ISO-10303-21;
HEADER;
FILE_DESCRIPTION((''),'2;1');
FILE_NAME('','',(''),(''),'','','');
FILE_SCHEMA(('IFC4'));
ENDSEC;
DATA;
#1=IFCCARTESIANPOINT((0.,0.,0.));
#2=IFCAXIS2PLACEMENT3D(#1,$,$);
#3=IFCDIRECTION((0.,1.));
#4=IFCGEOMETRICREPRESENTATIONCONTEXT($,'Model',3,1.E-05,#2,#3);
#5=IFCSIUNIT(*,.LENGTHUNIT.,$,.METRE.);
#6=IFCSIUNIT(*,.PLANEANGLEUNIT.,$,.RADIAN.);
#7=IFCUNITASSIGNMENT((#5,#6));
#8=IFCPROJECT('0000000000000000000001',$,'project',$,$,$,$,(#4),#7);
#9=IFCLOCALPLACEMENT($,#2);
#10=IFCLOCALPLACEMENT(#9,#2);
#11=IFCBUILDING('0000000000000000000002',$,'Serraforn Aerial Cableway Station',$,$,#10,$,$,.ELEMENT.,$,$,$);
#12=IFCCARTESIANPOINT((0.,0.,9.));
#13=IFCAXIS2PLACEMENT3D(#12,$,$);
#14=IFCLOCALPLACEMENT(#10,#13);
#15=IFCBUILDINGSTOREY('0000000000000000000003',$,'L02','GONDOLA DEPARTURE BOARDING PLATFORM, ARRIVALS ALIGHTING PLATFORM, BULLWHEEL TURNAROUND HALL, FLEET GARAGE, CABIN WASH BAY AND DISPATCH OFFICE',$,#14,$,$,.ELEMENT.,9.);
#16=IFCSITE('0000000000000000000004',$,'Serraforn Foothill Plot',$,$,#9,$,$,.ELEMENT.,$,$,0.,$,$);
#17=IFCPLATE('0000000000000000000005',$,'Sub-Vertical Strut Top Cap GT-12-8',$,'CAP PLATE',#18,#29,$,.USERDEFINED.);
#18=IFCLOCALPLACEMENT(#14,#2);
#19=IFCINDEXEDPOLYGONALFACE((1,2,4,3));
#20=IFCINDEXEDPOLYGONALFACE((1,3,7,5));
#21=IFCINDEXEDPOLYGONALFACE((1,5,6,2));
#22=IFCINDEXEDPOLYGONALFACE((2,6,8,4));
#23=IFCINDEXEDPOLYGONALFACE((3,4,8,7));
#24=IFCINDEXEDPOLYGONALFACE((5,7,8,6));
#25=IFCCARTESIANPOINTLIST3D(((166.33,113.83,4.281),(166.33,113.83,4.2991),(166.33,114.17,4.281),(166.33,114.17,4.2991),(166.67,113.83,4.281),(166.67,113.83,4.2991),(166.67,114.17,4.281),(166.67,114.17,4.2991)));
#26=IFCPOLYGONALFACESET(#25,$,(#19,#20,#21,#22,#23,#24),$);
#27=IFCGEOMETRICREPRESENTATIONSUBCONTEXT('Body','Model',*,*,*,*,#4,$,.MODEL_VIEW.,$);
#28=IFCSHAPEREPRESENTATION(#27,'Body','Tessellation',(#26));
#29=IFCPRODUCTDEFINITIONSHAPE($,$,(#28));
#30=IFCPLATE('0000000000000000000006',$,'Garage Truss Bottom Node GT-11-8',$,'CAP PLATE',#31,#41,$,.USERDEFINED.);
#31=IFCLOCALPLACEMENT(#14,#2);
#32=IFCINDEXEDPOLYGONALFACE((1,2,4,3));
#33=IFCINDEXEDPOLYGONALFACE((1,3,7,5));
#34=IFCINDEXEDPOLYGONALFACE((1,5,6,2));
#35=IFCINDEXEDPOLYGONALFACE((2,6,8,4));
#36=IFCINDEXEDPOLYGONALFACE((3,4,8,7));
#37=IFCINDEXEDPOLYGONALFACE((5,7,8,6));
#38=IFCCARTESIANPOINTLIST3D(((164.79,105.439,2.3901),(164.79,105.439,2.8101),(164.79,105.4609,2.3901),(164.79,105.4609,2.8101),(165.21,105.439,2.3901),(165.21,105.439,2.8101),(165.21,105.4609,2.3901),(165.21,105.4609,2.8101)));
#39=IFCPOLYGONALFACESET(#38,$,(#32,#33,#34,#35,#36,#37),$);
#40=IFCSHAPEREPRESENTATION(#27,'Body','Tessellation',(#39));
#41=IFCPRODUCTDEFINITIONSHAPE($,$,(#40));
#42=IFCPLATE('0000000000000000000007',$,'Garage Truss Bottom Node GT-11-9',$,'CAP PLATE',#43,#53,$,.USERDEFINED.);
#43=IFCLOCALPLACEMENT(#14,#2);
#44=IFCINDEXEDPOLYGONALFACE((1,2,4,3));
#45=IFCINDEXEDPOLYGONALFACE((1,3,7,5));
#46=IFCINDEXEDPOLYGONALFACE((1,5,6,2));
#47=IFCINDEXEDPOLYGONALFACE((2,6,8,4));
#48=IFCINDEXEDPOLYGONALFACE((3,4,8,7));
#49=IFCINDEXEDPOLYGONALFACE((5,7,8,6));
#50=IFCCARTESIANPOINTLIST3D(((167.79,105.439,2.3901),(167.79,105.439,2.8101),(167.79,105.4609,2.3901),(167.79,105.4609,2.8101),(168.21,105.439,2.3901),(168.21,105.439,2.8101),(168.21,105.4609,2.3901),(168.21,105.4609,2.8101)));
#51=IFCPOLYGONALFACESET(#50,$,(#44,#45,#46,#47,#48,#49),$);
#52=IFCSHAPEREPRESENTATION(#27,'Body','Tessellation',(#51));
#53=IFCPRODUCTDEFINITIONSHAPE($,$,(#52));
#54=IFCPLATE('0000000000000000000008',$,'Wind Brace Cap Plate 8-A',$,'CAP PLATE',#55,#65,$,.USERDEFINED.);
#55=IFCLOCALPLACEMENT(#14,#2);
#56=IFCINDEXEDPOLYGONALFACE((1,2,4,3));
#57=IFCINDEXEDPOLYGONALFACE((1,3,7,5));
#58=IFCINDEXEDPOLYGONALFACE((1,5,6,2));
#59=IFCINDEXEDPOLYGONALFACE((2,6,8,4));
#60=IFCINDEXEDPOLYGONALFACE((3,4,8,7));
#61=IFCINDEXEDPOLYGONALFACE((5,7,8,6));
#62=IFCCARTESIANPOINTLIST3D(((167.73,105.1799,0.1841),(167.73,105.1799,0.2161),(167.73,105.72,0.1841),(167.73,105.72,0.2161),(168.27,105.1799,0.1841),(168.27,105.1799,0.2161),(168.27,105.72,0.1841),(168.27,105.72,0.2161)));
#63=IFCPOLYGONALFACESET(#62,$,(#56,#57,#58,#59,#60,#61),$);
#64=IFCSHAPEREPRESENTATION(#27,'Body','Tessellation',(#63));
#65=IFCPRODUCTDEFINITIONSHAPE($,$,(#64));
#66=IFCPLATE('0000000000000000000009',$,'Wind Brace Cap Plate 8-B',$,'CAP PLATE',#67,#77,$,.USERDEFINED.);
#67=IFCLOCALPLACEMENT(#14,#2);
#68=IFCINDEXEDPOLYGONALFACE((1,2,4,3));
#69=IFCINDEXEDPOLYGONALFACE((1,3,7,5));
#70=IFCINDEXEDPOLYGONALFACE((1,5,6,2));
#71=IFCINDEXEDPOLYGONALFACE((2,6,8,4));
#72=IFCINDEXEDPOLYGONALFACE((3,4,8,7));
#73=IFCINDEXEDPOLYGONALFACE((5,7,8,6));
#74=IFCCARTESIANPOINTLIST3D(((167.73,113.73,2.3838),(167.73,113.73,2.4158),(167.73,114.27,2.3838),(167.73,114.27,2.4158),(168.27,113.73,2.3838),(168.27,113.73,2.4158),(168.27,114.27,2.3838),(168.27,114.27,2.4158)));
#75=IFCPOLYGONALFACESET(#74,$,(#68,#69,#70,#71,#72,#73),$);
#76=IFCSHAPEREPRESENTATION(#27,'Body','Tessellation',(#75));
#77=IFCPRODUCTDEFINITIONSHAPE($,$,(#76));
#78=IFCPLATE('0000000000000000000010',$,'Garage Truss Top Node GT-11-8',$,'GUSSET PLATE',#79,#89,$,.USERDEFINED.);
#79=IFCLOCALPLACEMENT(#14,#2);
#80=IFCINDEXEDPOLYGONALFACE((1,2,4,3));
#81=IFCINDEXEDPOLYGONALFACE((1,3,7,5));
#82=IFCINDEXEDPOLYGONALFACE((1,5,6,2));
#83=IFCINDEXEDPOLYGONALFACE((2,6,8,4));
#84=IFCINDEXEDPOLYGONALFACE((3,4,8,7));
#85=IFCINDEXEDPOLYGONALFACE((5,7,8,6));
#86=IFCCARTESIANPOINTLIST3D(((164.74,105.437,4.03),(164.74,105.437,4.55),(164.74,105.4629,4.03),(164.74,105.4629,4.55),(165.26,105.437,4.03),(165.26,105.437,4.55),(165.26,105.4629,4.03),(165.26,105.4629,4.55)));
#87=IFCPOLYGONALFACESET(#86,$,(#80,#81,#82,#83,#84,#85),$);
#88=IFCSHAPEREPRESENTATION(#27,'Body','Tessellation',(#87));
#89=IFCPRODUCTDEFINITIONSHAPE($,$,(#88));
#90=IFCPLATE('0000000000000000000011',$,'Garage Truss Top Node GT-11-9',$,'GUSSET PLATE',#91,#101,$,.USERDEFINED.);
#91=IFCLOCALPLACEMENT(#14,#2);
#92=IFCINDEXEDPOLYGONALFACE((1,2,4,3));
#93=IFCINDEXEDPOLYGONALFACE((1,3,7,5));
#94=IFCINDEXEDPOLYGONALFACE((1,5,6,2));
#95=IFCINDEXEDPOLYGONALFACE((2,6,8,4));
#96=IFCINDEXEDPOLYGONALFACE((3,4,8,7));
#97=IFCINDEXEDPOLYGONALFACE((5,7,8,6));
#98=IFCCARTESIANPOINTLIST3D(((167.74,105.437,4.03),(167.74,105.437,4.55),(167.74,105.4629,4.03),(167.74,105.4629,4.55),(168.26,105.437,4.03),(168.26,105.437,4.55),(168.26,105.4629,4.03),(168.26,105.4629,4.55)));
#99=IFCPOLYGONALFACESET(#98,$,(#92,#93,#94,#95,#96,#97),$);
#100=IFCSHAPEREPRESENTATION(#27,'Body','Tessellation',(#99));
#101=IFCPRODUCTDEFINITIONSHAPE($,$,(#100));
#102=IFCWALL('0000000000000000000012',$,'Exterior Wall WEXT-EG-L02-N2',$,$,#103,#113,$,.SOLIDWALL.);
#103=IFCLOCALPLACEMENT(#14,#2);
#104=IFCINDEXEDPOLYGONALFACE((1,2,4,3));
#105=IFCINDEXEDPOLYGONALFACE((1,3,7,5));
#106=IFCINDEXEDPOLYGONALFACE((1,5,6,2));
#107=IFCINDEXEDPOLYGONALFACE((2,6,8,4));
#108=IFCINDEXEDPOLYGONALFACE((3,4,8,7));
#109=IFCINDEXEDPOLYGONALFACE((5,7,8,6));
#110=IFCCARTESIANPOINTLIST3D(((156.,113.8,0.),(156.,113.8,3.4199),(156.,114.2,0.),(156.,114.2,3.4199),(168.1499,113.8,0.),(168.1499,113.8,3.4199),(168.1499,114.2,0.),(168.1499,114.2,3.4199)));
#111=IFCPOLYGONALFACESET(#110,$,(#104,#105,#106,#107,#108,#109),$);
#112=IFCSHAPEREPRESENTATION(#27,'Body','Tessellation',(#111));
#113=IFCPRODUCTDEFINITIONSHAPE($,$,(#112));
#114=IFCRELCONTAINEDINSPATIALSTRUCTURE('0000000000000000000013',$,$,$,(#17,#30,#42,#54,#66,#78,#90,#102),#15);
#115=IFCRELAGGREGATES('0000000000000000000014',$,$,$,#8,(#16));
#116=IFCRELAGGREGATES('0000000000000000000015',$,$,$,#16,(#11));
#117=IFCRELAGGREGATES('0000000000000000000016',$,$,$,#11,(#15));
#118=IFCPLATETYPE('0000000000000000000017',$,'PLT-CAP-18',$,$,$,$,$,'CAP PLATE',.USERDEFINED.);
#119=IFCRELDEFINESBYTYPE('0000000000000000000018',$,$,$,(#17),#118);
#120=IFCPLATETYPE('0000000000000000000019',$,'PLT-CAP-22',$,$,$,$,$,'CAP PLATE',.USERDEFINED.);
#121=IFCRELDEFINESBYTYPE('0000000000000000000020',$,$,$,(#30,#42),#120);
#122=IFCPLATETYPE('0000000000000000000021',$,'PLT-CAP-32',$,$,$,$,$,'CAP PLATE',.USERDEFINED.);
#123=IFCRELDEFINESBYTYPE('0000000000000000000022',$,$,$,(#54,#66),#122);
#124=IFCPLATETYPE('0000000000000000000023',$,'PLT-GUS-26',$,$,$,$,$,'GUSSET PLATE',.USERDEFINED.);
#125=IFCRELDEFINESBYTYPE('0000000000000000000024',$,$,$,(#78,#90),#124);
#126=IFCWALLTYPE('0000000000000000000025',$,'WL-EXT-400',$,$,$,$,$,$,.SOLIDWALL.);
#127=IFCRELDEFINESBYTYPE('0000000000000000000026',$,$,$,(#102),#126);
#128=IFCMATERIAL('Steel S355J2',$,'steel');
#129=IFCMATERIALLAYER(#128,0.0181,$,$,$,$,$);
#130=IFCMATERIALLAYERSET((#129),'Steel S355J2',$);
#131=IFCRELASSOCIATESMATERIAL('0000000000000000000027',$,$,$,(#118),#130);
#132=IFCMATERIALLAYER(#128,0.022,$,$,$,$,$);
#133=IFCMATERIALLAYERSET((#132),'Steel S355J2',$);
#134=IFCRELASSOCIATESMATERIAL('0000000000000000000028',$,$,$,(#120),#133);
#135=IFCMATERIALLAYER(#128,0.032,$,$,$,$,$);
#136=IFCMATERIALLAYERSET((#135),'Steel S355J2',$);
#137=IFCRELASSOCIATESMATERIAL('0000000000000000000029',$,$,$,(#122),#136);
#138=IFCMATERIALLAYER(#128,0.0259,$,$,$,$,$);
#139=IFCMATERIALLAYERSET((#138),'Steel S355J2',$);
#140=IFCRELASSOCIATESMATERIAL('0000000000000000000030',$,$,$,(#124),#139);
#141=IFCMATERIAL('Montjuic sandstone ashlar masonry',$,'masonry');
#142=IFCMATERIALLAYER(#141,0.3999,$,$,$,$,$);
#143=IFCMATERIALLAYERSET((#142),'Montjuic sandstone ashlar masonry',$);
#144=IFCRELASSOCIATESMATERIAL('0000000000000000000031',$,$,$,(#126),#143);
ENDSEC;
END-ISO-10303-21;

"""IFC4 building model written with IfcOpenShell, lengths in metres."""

from ifc_helpers import new_model, si_unit, direction, frame, frame_2d, origin, origin_2d, place, context, subcontext, project, spatial, rectangle, extrude, material, layer, layer_set, type_object, element, save


model = new_model("IFC4")

# Units and contexts
model_context = context("Model", 3, precision=1e-05, world=origin(), true_north=direction((0.0, 1.0)))
body_context = subcontext(model_context, "Body", "Model", "MODEL_VIEW")
ifc_project = project(units=[si_unit("LENGTHUNIT", "METRE"), si_unit("PLANEANGLEUNIT", "RADIAN")], contexts=[model_context])

# Site, building, storey
site_placement = place(None, origin())
site = spatial("IfcSite", under=ifc_project, at=site_placement, Name="Serraforn Foothill Plot", CompositionType="ELEMENT", RefElevation=0.0)
building_placement = place(site_placement, origin())
building = spatial("IfcBuilding", under=site, at=building_placement, Name="Serraforn Aerial Cableway Station", CompositionType="ELEMENT")
storey_placement = place(building_placement, frame((0.0, 0.0, 9.0)))
storey = spatial("IfcBuildingStorey", under=building, at=storey_placement, Name="L02", Description="GONDOLA DEPARTURE BOARDING PLATFORM, ARRIVALS ALIGHTING PLATFORM, BULLWHEEL TURNAROUND HALL, FLEET GARAGE, CABIN WASH BAY AND DISPATCH OFFICE", CompositionType="ELEMENT", Elevation=9.0)

# Shared definitions
ifc_material_1 = material(Name="Steel S355J2", Category="steel")

# Plates
ifc_layer_1 = layer(ifc_material_1, 0.0181)
ifc_layer_set_1 = layer_set([ifc_layer_1], Name="Steel S355J2")
plate_type_1 = type_object("IfcPlateType", Name="PLT-CAP-18", ElementType="CAP PLATE", PredefinedType="USERDEFINED", material=ifc_layer_set_1)
for number, where, z_axis, x_axis, name in (
    (1, (166.5, 114.0, 4.281), (0.0, 0.0, 1.0), (1.0, 0.0, 0.0), "Sub-Vertical Strut Top Cap GT-12-8"),
):
    element("IfcPlate", number, at=place(storey_placement, frame(where, z_axis=z_axis, x_axis=x_axis)), inside=storey, type_object=plate_type_1, Name=name, ObjectType="CAP PLATE", PredefinedType="USERDEFINED", context=body_context, shape_type="SweptSolid", body=[
        extrude(rectangle(XDim=0.3401, YDim=0.3401, at=origin_2d()), origin(), (0.0, 0.0, 1.0), 0.0181),
    ])
ifc_layer_2 = layer(ifc_material_1, 0.022)
ifc_layer_set_2 = layer_set([ifc_layer_2], Name="Steel S355J2")
plate_type_2 = type_object("IfcPlateType", Name="PLT-CAP-22", ElementType="CAP PLATE", PredefinedType="USERDEFINED", material=ifc_layer_set_2)
for number, where, z_axis, x_axis, name in (
    (2, (165.0, 105.45, 2.3901), (0.0, 0.0, 1.0), (1.0, 0.0, 0.0), "Garage Truss Bottom Node GT-11-8"),
    (3, (168.0, 105.45, 2.3901), (0.0, 0.0, 1.0), (1.0, 0.0, 0.0), "Garage Truss Bottom Node GT-11-9"),
):
    element("IfcPlate", number, at=place(storey_placement, frame(where, z_axis=z_axis, x_axis=x_axis)), inside=storey, type_object=plate_type_2, Name=name, ObjectType="CAP PLATE", PredefinedType="USERDEFINED", context=body_context, shape_type="SweptSolid", body=[
        extrude(rectangle(XDim=0.4199, YDim=0.022, at=origin_2d()), origin(), (0.0, 0.0, 1.0), 0.4199),
    ])
ifc_layer_3 = layer(ifc_material_1, 0.032)
ifc_layer_set_3 = layer_set([ifc_layer_3], Name="Steel S355J2")
plate_type_3 = type_object("IfcPlateType", Name="PLT-CAP-32", ElementType="CAP PLATE", PredefinedType="USERDEFINED", material=ifc_layer_set_3)
for number, where, z_axis, x_axis, name in (
    (4, (168.0, 105.45, 0.1841), (0.0, 0.0, 1.0), (1.0, 0.0, 0.0), "Wind Brace Cap Plate 8-A"),
    (5, (168.0, 114.0, 2.3838), (0.0, 0.0, 1.0), (1.0, 0.0, 0.0), "Wind Brace Cap Plate 8-B"),
):
    element("IfcPlate", number, at=place(storey_placement, frame(where, z_axis=z_axis, x_axis=x_axis)), inside=storey, type_object=plate_type_3, Name=name, ObjectType="CAP PLATE", PredefinedType="USERDEFINED", context=body_context, shape_type="SweptSolid", body=[
        extrude(rectangle(XDim=0.54, YDim=0.54, at=origin_2d()), origin(), (0.0, 0.0, 1.0), 0.032),
    ])
ifc_layer_4 = layer(ifc_material_1, 0.0259)
ifc_layer_set_4 = layer_set([ifc_layer_4], Name="Steel S355J2")
plate_type_4 = type_object("IfcPlateType", Name="PLT-GUS-26", ElementType="GUSSET PLATE", PredefinedType="USERDEFINED", material=ifc_layer_set_4)
for number, where, z_axis, x_axis, name in (
    (6, (165.0, 105.45, 4.03), (0.0, 0.0, 1.0), (1.0, 0.0, 0.0), "Garage Truss Top Node GT-11-8"),
    (7, (168.0, 105.45, 4.03), (0.0, 0.0, 1.0), (1.0, 0.0, 0.0), "Garage Truss Top Node GT-11-9"),
):
    element("IfcPlate", number, at=place(storey_placement, frame(where, z_axis=z_axis, x_axis=x_axis)), inside=storey, type_object=plate_type_4, Name=name, ObjectType="GUSSET PLATE", PredefinedType="USERDEFINED", context=body_context, shape_type="SweptSolid", body=[
        extrude(rectangle(XDim=0.52, YDim=0.0259, at=origin_2d()), origin(), (0.0, 0.0, 1.0), 0.52),
    ])

# Wall
ifc_material_2 = material(Name="Montjuic sandstone ashlar masonry", Category="masonry")
ifc_layer_5 = layer(ifc_material_2, 0.3999)
ifc_layer_set_5 = layer_set([ifc_layer_5], Name="Montjuic sandstone ashlar masonry")
wall_type = type_object("IfcWallType", Name="WL-EXT-400", PredefinedType="SOLIDWALL", material=ifc_layer_set_5)
wall_placement = place(storey_placement, frame((168.1499, 114.0, 0.0), z_axis=(0.0, 0.0, 1.0), x_axis=(-1.0, 0.0, 0.0)))
element("IfcWall", 8, at=wall_placement, inside=storey, type_object=wall_type, Name="Exterior Wall WEXT-EG-L02-N2", PredefinedType="SOLIDWALL", context=body_context, shape_type="SweptSolid", body=[
    extrude(rectangle(XDim=12.1499, YDim=0.3999, at=frame_2d((6.075, 0.0))), origin(), (0.0, 0.0, 1.0), 3.4199),
])

save(model, "model.ifc")
